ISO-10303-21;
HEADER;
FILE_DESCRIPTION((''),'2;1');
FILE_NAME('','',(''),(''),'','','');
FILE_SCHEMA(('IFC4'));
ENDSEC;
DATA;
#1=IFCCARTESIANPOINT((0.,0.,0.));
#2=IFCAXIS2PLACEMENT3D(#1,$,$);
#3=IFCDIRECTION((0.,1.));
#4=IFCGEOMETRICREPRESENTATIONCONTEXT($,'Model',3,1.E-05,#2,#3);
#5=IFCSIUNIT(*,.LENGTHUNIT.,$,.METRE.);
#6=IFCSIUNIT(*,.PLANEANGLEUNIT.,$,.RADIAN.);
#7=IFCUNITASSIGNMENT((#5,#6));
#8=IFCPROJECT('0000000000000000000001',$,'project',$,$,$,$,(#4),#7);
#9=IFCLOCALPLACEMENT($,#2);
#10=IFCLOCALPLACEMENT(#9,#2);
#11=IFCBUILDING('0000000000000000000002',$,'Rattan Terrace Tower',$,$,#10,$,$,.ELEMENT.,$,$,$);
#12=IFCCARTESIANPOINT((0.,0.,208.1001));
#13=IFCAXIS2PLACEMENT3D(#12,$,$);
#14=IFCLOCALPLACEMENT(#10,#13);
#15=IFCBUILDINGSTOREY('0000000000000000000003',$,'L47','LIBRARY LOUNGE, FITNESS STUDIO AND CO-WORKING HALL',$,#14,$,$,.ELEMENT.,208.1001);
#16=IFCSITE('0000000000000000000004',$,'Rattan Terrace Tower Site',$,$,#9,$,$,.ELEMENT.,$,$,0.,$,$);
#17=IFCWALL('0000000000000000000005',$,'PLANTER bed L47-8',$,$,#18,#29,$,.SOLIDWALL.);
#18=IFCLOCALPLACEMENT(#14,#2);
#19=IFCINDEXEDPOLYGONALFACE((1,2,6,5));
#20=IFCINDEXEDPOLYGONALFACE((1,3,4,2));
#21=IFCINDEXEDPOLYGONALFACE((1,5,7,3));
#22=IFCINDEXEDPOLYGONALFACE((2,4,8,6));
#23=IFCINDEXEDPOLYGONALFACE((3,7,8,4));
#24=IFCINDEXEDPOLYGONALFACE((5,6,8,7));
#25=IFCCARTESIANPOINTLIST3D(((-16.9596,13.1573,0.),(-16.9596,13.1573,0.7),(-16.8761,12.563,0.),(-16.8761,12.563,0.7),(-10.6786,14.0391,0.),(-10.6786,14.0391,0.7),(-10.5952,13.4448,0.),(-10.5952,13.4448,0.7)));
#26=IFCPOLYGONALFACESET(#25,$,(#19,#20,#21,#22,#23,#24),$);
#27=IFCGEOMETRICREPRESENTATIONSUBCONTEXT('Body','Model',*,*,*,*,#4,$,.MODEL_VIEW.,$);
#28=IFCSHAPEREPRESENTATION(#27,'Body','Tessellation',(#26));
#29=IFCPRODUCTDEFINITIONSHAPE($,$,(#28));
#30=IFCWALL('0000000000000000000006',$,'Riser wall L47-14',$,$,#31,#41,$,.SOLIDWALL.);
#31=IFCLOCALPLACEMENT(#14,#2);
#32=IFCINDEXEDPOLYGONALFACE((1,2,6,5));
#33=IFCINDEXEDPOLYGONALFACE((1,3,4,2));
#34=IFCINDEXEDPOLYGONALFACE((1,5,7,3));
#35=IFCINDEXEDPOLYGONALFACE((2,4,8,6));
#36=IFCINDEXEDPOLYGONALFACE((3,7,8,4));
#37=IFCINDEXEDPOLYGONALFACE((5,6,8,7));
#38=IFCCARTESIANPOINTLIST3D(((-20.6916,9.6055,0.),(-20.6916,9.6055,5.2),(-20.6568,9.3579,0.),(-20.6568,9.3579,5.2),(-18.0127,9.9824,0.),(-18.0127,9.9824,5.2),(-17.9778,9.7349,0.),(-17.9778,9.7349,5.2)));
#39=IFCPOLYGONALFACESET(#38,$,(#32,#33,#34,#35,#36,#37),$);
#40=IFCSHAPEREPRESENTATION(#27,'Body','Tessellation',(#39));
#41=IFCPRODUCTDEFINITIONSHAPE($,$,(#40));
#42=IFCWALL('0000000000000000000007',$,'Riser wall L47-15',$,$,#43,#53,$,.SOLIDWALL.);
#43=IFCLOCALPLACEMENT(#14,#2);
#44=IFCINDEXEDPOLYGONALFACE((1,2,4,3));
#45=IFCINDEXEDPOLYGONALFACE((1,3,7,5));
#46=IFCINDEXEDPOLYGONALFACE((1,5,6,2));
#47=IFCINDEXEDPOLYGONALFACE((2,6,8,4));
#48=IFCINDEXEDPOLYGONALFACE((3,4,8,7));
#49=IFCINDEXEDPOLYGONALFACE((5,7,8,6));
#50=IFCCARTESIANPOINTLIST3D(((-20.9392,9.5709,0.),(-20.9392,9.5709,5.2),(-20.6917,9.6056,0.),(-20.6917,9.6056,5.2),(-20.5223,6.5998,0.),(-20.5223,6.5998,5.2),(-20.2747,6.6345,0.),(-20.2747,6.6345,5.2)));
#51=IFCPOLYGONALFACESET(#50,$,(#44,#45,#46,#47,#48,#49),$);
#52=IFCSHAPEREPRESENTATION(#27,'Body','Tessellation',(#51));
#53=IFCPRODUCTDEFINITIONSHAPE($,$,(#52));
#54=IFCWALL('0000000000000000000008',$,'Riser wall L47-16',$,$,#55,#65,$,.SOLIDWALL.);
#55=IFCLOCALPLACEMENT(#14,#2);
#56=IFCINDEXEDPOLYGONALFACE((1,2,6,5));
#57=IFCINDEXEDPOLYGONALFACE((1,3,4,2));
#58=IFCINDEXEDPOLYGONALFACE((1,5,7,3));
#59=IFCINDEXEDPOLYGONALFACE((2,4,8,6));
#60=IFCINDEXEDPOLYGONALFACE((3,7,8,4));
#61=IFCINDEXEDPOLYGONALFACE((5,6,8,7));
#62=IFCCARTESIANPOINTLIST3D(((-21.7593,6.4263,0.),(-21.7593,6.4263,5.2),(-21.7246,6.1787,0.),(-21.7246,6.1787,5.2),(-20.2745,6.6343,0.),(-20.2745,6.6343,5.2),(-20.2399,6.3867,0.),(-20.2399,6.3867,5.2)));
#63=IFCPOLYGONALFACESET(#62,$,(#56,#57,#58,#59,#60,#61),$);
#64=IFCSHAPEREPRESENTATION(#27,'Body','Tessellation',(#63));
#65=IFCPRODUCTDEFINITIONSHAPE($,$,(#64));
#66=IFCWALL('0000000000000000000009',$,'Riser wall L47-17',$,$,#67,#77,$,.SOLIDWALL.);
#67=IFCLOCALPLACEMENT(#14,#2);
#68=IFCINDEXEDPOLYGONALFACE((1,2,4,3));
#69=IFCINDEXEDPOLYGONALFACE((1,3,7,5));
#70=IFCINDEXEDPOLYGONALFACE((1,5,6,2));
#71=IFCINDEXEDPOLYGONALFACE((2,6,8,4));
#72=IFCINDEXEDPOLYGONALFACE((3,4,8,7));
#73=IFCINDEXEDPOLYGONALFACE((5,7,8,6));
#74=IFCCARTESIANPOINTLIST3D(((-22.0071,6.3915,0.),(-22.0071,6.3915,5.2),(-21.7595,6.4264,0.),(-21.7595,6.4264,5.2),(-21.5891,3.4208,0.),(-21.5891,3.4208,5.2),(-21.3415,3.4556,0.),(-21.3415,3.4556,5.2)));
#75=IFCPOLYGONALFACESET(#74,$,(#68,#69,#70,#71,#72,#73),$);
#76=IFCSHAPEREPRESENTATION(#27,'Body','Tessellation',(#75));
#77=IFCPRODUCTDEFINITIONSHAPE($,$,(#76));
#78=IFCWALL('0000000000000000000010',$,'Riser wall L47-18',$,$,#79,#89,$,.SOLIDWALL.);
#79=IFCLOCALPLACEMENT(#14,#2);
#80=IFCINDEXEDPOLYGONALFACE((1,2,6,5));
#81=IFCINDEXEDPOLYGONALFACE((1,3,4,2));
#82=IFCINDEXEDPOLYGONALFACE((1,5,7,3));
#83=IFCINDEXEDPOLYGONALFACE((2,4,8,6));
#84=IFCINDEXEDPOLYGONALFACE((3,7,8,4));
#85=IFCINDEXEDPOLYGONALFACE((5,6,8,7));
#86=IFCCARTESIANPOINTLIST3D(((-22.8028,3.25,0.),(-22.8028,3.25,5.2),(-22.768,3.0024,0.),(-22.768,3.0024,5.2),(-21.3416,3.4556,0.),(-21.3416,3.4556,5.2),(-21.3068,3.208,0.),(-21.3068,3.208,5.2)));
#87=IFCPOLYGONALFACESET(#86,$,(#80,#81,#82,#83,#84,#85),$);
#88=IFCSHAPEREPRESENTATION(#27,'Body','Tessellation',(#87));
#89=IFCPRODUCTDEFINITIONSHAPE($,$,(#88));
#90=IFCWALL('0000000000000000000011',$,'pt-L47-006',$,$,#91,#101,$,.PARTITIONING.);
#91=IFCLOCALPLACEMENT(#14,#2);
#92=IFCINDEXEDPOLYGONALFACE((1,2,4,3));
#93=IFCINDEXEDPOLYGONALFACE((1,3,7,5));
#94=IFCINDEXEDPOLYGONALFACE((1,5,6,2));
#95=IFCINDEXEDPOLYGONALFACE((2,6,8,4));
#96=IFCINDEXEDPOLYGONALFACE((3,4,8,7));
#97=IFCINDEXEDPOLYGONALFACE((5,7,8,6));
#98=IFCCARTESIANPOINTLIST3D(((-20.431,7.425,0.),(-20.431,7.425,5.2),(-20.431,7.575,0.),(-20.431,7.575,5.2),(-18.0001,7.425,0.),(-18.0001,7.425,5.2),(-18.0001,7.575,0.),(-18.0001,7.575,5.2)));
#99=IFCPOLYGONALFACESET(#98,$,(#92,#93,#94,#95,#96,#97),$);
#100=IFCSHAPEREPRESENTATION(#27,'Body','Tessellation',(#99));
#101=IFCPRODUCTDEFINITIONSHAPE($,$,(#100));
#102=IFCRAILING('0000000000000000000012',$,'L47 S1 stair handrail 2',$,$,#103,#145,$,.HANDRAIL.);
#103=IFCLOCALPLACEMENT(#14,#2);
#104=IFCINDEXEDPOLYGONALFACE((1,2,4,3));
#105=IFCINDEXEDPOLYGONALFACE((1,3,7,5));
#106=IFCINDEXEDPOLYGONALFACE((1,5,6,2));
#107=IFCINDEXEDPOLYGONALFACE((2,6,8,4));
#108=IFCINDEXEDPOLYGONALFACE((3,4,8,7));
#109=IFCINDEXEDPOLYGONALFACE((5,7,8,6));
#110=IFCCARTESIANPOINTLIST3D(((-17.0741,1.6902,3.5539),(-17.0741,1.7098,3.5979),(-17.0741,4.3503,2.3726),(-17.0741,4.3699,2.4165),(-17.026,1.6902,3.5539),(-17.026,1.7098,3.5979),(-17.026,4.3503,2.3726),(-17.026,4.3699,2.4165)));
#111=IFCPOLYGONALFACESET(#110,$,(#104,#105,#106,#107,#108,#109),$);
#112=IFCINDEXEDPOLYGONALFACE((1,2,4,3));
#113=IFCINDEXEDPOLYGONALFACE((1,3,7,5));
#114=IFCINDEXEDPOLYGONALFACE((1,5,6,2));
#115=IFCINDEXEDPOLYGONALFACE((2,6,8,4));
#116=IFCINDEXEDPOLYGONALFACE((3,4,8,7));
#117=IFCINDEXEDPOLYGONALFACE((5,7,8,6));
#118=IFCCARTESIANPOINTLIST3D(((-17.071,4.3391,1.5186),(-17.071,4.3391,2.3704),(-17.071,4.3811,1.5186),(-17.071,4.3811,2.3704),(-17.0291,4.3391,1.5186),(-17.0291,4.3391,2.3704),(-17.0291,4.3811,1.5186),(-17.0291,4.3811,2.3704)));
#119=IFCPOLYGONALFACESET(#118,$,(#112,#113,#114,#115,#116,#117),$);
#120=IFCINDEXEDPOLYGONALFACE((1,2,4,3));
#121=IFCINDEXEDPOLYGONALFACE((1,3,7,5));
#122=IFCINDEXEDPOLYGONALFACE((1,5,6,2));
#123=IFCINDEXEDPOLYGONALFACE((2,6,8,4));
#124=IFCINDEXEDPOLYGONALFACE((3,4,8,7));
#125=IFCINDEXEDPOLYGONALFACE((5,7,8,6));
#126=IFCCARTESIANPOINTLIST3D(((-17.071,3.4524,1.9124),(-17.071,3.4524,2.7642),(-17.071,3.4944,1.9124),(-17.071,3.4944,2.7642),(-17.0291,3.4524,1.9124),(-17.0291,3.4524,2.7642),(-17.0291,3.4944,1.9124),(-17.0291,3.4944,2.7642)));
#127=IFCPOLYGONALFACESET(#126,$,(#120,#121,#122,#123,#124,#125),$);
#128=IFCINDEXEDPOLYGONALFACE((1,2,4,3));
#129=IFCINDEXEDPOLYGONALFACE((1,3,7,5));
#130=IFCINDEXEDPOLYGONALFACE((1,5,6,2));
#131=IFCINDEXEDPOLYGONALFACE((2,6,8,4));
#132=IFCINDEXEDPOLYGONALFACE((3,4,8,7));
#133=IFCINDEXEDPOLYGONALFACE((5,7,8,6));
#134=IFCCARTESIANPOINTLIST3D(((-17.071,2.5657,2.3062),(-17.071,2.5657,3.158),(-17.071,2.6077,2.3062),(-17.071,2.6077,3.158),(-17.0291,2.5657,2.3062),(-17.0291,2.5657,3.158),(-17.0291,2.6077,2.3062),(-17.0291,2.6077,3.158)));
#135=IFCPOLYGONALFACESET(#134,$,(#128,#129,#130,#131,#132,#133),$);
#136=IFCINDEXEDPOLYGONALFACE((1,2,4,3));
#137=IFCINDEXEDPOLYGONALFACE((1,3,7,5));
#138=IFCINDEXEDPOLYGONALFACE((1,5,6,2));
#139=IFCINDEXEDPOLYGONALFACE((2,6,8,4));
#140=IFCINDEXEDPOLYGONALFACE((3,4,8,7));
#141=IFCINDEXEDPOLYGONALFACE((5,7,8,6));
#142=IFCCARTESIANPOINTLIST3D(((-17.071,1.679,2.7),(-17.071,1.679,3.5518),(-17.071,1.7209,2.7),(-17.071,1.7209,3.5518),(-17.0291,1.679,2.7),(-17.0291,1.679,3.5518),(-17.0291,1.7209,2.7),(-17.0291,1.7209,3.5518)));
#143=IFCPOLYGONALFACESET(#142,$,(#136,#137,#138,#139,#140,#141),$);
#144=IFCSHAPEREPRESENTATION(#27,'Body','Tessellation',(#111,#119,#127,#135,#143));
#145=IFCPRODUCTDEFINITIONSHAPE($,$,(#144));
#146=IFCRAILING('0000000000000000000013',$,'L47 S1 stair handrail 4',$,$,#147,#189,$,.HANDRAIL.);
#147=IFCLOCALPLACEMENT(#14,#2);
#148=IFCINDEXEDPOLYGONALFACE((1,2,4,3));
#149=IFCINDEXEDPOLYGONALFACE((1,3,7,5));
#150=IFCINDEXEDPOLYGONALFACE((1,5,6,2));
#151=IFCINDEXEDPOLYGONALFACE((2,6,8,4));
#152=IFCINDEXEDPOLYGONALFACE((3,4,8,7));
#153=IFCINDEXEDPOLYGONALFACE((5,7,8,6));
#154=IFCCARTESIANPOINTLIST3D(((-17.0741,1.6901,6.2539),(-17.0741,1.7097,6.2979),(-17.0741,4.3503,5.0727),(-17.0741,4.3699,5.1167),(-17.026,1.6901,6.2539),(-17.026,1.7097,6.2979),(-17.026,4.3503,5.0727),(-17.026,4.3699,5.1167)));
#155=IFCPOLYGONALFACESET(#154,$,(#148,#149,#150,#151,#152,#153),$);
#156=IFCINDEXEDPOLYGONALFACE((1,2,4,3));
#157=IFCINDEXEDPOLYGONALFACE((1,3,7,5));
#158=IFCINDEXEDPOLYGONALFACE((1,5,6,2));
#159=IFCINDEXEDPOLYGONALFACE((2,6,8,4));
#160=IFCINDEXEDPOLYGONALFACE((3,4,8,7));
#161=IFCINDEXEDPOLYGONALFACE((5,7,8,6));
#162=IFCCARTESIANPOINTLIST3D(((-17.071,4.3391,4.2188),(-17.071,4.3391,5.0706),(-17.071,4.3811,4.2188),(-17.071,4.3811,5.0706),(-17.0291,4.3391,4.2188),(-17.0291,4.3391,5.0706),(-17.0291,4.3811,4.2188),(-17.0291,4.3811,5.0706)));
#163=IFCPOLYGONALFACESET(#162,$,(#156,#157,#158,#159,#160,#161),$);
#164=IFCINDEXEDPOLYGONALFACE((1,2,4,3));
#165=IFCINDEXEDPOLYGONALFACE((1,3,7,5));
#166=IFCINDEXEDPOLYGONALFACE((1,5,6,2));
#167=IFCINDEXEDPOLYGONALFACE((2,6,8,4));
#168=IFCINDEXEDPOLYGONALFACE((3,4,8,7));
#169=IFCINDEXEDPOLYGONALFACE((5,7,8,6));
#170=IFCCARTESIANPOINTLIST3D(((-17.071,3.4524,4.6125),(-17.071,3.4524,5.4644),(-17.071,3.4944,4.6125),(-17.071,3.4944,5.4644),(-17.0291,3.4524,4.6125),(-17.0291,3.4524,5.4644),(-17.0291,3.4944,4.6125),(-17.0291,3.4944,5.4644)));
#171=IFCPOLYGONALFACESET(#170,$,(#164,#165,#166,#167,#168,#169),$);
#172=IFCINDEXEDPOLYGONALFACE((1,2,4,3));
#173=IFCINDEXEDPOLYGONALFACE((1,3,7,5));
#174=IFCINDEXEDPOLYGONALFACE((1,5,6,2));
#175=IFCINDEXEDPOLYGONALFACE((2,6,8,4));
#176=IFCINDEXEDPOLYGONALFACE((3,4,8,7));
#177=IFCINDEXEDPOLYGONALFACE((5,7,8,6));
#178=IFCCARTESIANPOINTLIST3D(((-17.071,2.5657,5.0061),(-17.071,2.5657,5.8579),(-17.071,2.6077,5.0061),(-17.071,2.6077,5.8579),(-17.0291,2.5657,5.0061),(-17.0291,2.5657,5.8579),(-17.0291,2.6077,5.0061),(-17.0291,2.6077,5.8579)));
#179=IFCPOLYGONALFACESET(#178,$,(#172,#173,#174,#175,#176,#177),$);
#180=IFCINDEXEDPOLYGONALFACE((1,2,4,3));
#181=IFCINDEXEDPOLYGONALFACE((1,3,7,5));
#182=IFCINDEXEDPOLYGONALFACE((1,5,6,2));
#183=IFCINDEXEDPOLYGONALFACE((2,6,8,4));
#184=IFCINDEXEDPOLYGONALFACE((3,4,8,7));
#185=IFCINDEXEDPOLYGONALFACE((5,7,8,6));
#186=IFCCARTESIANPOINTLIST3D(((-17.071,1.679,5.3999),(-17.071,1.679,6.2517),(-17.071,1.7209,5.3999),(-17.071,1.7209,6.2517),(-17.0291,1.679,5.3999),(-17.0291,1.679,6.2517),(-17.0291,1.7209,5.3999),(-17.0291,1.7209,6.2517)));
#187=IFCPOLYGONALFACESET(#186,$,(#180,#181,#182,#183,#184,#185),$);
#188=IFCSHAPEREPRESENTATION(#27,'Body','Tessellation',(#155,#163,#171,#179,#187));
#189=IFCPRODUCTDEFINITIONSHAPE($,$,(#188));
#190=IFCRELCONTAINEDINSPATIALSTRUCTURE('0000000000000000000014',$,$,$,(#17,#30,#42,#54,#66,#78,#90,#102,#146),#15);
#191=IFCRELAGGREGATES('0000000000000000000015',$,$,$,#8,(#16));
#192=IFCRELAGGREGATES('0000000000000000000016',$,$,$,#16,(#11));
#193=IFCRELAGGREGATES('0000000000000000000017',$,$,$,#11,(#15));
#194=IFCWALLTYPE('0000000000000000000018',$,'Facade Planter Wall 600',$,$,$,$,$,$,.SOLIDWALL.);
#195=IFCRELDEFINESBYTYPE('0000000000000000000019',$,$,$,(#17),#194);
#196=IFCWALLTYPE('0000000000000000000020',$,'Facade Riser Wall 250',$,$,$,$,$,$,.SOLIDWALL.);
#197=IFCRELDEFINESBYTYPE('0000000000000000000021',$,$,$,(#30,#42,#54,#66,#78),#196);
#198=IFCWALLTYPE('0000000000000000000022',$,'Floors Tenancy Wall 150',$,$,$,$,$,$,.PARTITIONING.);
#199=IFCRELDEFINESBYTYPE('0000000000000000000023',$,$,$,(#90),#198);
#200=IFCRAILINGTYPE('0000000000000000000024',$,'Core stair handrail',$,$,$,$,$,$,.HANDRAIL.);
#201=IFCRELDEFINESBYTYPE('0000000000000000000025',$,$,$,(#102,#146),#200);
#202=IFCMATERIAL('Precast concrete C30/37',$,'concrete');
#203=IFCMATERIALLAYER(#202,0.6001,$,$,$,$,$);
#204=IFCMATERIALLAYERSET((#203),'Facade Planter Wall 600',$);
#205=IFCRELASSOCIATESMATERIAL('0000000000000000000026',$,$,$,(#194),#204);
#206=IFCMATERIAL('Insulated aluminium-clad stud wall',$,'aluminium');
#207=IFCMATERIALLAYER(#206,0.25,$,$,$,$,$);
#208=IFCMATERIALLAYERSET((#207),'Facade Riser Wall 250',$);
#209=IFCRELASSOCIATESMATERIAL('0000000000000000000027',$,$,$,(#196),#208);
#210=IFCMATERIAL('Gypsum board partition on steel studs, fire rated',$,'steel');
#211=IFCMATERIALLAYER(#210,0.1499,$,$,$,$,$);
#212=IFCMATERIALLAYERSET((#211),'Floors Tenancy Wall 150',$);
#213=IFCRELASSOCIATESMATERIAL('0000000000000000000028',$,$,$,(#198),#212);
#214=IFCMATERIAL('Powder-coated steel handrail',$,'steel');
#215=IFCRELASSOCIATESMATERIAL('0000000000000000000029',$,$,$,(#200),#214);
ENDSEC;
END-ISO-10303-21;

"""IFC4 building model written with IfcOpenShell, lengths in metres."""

from ifc_helpers import new_model, si_unit, direction, frame, frame_2d, origin, origin_2d, place, context, subcontext, project, spatial, rectangle, extrude, material, layer, layer_set, type_object, element, save


model = new_model("IFC4")

# Units and contexts
model_context = context("Model", 3, precision=1e-05, world=origin(), true_north=direction((0.0, 1.0)))
body_context = subcontext(model_context, "Body", "Model", "MODEL_VIEW")
ifc_project = project(units=[si_unit("LENGTHUNIT", "METRE"), si_unit("PLANEANGLEUNIT", "RADIAN")], contexts=[model_context])

# Site, building, storey
site_placement = place(None, origin())
site = spatial("IfcSite", under=ifc_project, at=site_placement, Name="Rattan Terrace Tower Site", CompositionType="ELEMENT", RefElevation=0.0)
building_placement = place(site_placement, origin())
building = spatial("IfcBuilding", under=site, at=building_placement, Name="Rattan Terrace Tower", CompositionType="ELEMENT")
storey_placement = place(building_placement, frame((0.0, 0.0, 208.1001)))
storey = spatial("IfcBuildingStorey", under=building, at=storey_placement, Name="L47", Description="LIBRARY LOUNGE, FITNESS STUDIO AND CO-WORKING HALL", CompositionType="ELEMENT", Elevation=208.1001)

# Walls
ifc_material_1 = material(Name="Precast concrete C30/37", Category="concrete")
ifc_layer_1 = layer(ifc_material_1, 0.6001)
ifc_layer_set_1 = layer_set([ifc_layer_1], Name="Facade Planter Wall 600")
wall_type_1 = type_object("IfcWallType", Name="Facade Planter Wall 600", PredefinedType="SOLIDWALL", material=ifc_layer_set_1)
wall_1_placement = place(storey_placement, frame((-16.918, 12.8601, 0.0), z_axis=(0.0, 0.0, 1.0), x_axis=(0.990288, 0.139034, 0.0)))
element("IfcWall", 1, at=wall_1_placement, inside=storey, type_object=wall_type_1, Name="PLANTER bed L47-8", PredefinedType="SOLIDWALL", context=body_context, shape_type="SweptSolid", body=[
    extrude(rectangle(XDim=6.3425, YDim=0.6001, at=frame_2d((3.1714, 0.0))), origin(), (0.0, 0.0, 1.0), 0.7),
])
ifc_material_2 = material(Name="Insulated aluminium-clad stud wall", Category="aluminium")
ifc_layer_2 = layer(ifc_material_2, 0.25)
ifc_layer_set_2 = layer_set([ifc_layer_2], Name="Facade Riser Wall 250")
wall_type_2 = type_object("IfcWallType", Name="Facade Riser Wall 250", PredefinedType="SOLIDWALL", material=ifc_layer_set_2)
wall_2_placement = place(storey_placement, frame((-17.9954, 9.8586, 0.0), z_axis=(0.0, 0.0, 1.0), x_axis=(-0.990245, -0.139336, 0.0)))
element("IfcWall", 2, at=wall_2_placement, inside=storey, type_object=wall_type_2, Name="Riser wall L47-14", PredefinedType="SOLIDWALL", context=body_context, shape_type="SweptSolid", body=[
    extrude(rectangle(XDim=2.7053, YDim=0.25, at=frame_2d((1.3525, 0.0))), origin(), (0.0, 0.0, 1.0), 5.2),
])
wall_3_placement = place(storey_placement, frame((-20.8154, 9.5881, 0.0), z_axis=(0.0, 0.0, 1.0), x_axis=(0.138983, -0.990295, 0.0)))
element("IfcWall", 3, at=wall_3_placement, inside=storey, type_object=wall_type_2, Name="Riser wall L47-15", PredefinedType="SOLIDWALL", context=body_context, shape_type="SweptSolid", body=[
    extrude(rectangle(XDim=3.0002, YDim=0.25, at=frame_2d((1.5, 0.0))), origin(), (0.0, 0.0, 1.0), 5.2),
])
wall_4_placement = place(storey_placement, frame((-20.2573, 6.5105, 0.0), z_axis=(0.0, 0.0, 1.0), x_axis=(-0.99033, -0.138731, 0.0)))
element("IfcWall", 4, at=wall_4_placement, inside=storey, type_object=wall_type_2, Name="Riser wall L47-16", PredefinedType="SOLIDWALL", context=body_context, shape_type="SweptSolid", body=[
    extrude(rectangle(XDim=1.4993, YDim=0.25, at=frame_2d((0.7495, 0.0))), origin(), (0.0, 0.0, 1.0), 5.2),
])
wall_5_placement = place(storey_placement, frame((-21.8833, 6.4089, 0.0), z_axis=(0.0, 0.0, 1.0), x_axis=(0.139325, -0.990247, 0.0)))
element("IfcWall", 5, at=wall_5_placement, inside=storey, type_object=wall_type_2, Name="Riser wall L47-17", PredefinedType="SOLIDWALL", context=body_context, shape_type="SweptSolid", body=[
    extrude(rectangle(XDim=3.0, YDim=0.25, at=frame_2d((1.5, 0.0))), origin(), (0.0, 0.0, 1.0), 5.2),
])
wall_6_placement = place(storey_placement, frame((-21.3242, 3.3318, 0.0), z_axis=(0.0, 0.0, 1.0), x_axis=(-0.990248, -0.139313, 0.0)))
element("IfcWall", 6, at=wall_6_placement, inside=storey, type_object=wall_type_2, Name="Riser wall L47-18", PredefinedType="SOLIDWALL", context=body_context, shape_type="SweptSolid", body=[
    extrude(rectangle(XDim=1.4756, YDim=0.25, at=frame_2d((0.7378, 0.0))), origin(), (0.0, 0.0, 1.0), 5.2),
])
ifc_material_3 = material(Name="Gypsum board partition on steel studs, fire rated", Category="steel")
ifc_layer_3 = layer(ifc_material_3, 0.1499)
ifc_layer_set_3 = layer_set([ifc_layer_3], Name="Floors Tenancy Wall 150")
wall_type_3 = type_object("IfcWallType", Name="Floors Tenancy Wall 150", PredefinedType="PARTITIONING", material=ifc_layer_set_3)
wall_7_placement = place(storey_placement, frame((-20.4309, 7.5, 0.0), z_axis=(0.0, 0.0, 1.0), x_axis=(1.0, 0.0, 0.0)))
element("IfcWall", 7, at=wall_7_placement, inside=storey, type_object=wall_type_3, Name="pt-L47-006", PredefinedType="PARTITIONING", context=body_context, shape_type="SweptSolid", body=[
    extrude(rectangle(XDim=2.4309, YDim=0.1499, at=frame_2d((1.2153, 0.0))), origin(), (0.0, 0.0, 1.0), 5.2),
])

# Railings
ifc_material_4 = material(Name="Powder-coated steel handrail", Category="steel")
railing_type_1 = type_object("IfcRailingType", Name="Core stair handrail", PredefinedType="HANDRAIL", material=ifc_material_4)
railing_1_placement = place(storey_placement, frame((-17.05, 4.3601, 1.5186)))
element("IfcRailing", 8, at=railing_1_placement, inside=storey, type_object=railing_type_1, Name="L47 S1 stair handrail 2", PredefinedType="HANDRAIL", context=body_context, shape_type="SweptSolid", body=[
    extrude(rectangle(XDim=0.0481, YDim=0.0481, at=origin_2d()), frame((0.0, 0.0, 0.876), z_axis=(0.0, -0.913926, 0.405882), x_axis=(1.0, 0.0, 0.0)), (0.0, 0.0, 1.0), 2.9106),
    extrude(rectangle(XDim=0.042, YDim=0.042, at=origin_2d()), origin(), (0.0, 0.0, 1.0), 0.8518),
    extrude(rectangle(XDim=0.042, YDim=0.042, at=origin_2d()), frame((0.0, -0.8867, 0.3938)), (0.0, 0.0, 1.0), 0.8518),
    extrude(rectangle(XDim=0.042, YDim=0.042, at=origin_2d()), frame((0.0, -1.7734, 0.7876)), (0.0, 0.0, 1.0), 0.8518),
    extrude(rectangle(XDim=0.042, YDim=0.042, at=origin_2d()), frame((0.0, -2.6602, 1.1814)), (0.0, 0.0, 1.0), 0.8518),
])
railing_2_placement = place(storey_placement, frame((-17.05, 4.3601, 4.2188)))
element("IfcRailing", 9, at=railing_2_placement, inside=storey, type_object=railing_type_1, Name="L47 S1 stair handrail 4", PredefinedType="HANDRAIL", context=body_context, shape_type="SweptSolid", body=[
    extrude(rectangle(XDim=0.0481, YDim=0.0481, at=origin_2d()), frame((0.0, 0.0, 0.876), z_axis=(0.0, -0.913957, 0.405812), x_axis=(1.0, 0.0, 0.0)), (0.0, 0.0, 1.0), 2.9106),
    extrude(rectangle(XDim=0.042, YDim=0.042, at=origin_2d()), origin(), (0.0, 0.0, 1.0), 0.8518),
    extrude(rectangle(XDim=0.042, YDim=0.042, at=origin_2d()), frame((0.0, -0.8867, 0.3938)), (0.0, 0.0, 1.0), 0.8518),
    extrude(rectangle(XDim=0.042, YDim=0.042, at=origin_2d()), frame((0.0, -1.7734, 0.7874)), (0.0, 0.0, 1.0), 0.8518),
    extrude(rectangle(XDim=0.042, YDim=0.042, at=origin_2d()), frame((0.0, -2.6602, 1.1812)), (0.0, 0.0, 1.0), 0.8518),
])

save(model, "model.ifc")
